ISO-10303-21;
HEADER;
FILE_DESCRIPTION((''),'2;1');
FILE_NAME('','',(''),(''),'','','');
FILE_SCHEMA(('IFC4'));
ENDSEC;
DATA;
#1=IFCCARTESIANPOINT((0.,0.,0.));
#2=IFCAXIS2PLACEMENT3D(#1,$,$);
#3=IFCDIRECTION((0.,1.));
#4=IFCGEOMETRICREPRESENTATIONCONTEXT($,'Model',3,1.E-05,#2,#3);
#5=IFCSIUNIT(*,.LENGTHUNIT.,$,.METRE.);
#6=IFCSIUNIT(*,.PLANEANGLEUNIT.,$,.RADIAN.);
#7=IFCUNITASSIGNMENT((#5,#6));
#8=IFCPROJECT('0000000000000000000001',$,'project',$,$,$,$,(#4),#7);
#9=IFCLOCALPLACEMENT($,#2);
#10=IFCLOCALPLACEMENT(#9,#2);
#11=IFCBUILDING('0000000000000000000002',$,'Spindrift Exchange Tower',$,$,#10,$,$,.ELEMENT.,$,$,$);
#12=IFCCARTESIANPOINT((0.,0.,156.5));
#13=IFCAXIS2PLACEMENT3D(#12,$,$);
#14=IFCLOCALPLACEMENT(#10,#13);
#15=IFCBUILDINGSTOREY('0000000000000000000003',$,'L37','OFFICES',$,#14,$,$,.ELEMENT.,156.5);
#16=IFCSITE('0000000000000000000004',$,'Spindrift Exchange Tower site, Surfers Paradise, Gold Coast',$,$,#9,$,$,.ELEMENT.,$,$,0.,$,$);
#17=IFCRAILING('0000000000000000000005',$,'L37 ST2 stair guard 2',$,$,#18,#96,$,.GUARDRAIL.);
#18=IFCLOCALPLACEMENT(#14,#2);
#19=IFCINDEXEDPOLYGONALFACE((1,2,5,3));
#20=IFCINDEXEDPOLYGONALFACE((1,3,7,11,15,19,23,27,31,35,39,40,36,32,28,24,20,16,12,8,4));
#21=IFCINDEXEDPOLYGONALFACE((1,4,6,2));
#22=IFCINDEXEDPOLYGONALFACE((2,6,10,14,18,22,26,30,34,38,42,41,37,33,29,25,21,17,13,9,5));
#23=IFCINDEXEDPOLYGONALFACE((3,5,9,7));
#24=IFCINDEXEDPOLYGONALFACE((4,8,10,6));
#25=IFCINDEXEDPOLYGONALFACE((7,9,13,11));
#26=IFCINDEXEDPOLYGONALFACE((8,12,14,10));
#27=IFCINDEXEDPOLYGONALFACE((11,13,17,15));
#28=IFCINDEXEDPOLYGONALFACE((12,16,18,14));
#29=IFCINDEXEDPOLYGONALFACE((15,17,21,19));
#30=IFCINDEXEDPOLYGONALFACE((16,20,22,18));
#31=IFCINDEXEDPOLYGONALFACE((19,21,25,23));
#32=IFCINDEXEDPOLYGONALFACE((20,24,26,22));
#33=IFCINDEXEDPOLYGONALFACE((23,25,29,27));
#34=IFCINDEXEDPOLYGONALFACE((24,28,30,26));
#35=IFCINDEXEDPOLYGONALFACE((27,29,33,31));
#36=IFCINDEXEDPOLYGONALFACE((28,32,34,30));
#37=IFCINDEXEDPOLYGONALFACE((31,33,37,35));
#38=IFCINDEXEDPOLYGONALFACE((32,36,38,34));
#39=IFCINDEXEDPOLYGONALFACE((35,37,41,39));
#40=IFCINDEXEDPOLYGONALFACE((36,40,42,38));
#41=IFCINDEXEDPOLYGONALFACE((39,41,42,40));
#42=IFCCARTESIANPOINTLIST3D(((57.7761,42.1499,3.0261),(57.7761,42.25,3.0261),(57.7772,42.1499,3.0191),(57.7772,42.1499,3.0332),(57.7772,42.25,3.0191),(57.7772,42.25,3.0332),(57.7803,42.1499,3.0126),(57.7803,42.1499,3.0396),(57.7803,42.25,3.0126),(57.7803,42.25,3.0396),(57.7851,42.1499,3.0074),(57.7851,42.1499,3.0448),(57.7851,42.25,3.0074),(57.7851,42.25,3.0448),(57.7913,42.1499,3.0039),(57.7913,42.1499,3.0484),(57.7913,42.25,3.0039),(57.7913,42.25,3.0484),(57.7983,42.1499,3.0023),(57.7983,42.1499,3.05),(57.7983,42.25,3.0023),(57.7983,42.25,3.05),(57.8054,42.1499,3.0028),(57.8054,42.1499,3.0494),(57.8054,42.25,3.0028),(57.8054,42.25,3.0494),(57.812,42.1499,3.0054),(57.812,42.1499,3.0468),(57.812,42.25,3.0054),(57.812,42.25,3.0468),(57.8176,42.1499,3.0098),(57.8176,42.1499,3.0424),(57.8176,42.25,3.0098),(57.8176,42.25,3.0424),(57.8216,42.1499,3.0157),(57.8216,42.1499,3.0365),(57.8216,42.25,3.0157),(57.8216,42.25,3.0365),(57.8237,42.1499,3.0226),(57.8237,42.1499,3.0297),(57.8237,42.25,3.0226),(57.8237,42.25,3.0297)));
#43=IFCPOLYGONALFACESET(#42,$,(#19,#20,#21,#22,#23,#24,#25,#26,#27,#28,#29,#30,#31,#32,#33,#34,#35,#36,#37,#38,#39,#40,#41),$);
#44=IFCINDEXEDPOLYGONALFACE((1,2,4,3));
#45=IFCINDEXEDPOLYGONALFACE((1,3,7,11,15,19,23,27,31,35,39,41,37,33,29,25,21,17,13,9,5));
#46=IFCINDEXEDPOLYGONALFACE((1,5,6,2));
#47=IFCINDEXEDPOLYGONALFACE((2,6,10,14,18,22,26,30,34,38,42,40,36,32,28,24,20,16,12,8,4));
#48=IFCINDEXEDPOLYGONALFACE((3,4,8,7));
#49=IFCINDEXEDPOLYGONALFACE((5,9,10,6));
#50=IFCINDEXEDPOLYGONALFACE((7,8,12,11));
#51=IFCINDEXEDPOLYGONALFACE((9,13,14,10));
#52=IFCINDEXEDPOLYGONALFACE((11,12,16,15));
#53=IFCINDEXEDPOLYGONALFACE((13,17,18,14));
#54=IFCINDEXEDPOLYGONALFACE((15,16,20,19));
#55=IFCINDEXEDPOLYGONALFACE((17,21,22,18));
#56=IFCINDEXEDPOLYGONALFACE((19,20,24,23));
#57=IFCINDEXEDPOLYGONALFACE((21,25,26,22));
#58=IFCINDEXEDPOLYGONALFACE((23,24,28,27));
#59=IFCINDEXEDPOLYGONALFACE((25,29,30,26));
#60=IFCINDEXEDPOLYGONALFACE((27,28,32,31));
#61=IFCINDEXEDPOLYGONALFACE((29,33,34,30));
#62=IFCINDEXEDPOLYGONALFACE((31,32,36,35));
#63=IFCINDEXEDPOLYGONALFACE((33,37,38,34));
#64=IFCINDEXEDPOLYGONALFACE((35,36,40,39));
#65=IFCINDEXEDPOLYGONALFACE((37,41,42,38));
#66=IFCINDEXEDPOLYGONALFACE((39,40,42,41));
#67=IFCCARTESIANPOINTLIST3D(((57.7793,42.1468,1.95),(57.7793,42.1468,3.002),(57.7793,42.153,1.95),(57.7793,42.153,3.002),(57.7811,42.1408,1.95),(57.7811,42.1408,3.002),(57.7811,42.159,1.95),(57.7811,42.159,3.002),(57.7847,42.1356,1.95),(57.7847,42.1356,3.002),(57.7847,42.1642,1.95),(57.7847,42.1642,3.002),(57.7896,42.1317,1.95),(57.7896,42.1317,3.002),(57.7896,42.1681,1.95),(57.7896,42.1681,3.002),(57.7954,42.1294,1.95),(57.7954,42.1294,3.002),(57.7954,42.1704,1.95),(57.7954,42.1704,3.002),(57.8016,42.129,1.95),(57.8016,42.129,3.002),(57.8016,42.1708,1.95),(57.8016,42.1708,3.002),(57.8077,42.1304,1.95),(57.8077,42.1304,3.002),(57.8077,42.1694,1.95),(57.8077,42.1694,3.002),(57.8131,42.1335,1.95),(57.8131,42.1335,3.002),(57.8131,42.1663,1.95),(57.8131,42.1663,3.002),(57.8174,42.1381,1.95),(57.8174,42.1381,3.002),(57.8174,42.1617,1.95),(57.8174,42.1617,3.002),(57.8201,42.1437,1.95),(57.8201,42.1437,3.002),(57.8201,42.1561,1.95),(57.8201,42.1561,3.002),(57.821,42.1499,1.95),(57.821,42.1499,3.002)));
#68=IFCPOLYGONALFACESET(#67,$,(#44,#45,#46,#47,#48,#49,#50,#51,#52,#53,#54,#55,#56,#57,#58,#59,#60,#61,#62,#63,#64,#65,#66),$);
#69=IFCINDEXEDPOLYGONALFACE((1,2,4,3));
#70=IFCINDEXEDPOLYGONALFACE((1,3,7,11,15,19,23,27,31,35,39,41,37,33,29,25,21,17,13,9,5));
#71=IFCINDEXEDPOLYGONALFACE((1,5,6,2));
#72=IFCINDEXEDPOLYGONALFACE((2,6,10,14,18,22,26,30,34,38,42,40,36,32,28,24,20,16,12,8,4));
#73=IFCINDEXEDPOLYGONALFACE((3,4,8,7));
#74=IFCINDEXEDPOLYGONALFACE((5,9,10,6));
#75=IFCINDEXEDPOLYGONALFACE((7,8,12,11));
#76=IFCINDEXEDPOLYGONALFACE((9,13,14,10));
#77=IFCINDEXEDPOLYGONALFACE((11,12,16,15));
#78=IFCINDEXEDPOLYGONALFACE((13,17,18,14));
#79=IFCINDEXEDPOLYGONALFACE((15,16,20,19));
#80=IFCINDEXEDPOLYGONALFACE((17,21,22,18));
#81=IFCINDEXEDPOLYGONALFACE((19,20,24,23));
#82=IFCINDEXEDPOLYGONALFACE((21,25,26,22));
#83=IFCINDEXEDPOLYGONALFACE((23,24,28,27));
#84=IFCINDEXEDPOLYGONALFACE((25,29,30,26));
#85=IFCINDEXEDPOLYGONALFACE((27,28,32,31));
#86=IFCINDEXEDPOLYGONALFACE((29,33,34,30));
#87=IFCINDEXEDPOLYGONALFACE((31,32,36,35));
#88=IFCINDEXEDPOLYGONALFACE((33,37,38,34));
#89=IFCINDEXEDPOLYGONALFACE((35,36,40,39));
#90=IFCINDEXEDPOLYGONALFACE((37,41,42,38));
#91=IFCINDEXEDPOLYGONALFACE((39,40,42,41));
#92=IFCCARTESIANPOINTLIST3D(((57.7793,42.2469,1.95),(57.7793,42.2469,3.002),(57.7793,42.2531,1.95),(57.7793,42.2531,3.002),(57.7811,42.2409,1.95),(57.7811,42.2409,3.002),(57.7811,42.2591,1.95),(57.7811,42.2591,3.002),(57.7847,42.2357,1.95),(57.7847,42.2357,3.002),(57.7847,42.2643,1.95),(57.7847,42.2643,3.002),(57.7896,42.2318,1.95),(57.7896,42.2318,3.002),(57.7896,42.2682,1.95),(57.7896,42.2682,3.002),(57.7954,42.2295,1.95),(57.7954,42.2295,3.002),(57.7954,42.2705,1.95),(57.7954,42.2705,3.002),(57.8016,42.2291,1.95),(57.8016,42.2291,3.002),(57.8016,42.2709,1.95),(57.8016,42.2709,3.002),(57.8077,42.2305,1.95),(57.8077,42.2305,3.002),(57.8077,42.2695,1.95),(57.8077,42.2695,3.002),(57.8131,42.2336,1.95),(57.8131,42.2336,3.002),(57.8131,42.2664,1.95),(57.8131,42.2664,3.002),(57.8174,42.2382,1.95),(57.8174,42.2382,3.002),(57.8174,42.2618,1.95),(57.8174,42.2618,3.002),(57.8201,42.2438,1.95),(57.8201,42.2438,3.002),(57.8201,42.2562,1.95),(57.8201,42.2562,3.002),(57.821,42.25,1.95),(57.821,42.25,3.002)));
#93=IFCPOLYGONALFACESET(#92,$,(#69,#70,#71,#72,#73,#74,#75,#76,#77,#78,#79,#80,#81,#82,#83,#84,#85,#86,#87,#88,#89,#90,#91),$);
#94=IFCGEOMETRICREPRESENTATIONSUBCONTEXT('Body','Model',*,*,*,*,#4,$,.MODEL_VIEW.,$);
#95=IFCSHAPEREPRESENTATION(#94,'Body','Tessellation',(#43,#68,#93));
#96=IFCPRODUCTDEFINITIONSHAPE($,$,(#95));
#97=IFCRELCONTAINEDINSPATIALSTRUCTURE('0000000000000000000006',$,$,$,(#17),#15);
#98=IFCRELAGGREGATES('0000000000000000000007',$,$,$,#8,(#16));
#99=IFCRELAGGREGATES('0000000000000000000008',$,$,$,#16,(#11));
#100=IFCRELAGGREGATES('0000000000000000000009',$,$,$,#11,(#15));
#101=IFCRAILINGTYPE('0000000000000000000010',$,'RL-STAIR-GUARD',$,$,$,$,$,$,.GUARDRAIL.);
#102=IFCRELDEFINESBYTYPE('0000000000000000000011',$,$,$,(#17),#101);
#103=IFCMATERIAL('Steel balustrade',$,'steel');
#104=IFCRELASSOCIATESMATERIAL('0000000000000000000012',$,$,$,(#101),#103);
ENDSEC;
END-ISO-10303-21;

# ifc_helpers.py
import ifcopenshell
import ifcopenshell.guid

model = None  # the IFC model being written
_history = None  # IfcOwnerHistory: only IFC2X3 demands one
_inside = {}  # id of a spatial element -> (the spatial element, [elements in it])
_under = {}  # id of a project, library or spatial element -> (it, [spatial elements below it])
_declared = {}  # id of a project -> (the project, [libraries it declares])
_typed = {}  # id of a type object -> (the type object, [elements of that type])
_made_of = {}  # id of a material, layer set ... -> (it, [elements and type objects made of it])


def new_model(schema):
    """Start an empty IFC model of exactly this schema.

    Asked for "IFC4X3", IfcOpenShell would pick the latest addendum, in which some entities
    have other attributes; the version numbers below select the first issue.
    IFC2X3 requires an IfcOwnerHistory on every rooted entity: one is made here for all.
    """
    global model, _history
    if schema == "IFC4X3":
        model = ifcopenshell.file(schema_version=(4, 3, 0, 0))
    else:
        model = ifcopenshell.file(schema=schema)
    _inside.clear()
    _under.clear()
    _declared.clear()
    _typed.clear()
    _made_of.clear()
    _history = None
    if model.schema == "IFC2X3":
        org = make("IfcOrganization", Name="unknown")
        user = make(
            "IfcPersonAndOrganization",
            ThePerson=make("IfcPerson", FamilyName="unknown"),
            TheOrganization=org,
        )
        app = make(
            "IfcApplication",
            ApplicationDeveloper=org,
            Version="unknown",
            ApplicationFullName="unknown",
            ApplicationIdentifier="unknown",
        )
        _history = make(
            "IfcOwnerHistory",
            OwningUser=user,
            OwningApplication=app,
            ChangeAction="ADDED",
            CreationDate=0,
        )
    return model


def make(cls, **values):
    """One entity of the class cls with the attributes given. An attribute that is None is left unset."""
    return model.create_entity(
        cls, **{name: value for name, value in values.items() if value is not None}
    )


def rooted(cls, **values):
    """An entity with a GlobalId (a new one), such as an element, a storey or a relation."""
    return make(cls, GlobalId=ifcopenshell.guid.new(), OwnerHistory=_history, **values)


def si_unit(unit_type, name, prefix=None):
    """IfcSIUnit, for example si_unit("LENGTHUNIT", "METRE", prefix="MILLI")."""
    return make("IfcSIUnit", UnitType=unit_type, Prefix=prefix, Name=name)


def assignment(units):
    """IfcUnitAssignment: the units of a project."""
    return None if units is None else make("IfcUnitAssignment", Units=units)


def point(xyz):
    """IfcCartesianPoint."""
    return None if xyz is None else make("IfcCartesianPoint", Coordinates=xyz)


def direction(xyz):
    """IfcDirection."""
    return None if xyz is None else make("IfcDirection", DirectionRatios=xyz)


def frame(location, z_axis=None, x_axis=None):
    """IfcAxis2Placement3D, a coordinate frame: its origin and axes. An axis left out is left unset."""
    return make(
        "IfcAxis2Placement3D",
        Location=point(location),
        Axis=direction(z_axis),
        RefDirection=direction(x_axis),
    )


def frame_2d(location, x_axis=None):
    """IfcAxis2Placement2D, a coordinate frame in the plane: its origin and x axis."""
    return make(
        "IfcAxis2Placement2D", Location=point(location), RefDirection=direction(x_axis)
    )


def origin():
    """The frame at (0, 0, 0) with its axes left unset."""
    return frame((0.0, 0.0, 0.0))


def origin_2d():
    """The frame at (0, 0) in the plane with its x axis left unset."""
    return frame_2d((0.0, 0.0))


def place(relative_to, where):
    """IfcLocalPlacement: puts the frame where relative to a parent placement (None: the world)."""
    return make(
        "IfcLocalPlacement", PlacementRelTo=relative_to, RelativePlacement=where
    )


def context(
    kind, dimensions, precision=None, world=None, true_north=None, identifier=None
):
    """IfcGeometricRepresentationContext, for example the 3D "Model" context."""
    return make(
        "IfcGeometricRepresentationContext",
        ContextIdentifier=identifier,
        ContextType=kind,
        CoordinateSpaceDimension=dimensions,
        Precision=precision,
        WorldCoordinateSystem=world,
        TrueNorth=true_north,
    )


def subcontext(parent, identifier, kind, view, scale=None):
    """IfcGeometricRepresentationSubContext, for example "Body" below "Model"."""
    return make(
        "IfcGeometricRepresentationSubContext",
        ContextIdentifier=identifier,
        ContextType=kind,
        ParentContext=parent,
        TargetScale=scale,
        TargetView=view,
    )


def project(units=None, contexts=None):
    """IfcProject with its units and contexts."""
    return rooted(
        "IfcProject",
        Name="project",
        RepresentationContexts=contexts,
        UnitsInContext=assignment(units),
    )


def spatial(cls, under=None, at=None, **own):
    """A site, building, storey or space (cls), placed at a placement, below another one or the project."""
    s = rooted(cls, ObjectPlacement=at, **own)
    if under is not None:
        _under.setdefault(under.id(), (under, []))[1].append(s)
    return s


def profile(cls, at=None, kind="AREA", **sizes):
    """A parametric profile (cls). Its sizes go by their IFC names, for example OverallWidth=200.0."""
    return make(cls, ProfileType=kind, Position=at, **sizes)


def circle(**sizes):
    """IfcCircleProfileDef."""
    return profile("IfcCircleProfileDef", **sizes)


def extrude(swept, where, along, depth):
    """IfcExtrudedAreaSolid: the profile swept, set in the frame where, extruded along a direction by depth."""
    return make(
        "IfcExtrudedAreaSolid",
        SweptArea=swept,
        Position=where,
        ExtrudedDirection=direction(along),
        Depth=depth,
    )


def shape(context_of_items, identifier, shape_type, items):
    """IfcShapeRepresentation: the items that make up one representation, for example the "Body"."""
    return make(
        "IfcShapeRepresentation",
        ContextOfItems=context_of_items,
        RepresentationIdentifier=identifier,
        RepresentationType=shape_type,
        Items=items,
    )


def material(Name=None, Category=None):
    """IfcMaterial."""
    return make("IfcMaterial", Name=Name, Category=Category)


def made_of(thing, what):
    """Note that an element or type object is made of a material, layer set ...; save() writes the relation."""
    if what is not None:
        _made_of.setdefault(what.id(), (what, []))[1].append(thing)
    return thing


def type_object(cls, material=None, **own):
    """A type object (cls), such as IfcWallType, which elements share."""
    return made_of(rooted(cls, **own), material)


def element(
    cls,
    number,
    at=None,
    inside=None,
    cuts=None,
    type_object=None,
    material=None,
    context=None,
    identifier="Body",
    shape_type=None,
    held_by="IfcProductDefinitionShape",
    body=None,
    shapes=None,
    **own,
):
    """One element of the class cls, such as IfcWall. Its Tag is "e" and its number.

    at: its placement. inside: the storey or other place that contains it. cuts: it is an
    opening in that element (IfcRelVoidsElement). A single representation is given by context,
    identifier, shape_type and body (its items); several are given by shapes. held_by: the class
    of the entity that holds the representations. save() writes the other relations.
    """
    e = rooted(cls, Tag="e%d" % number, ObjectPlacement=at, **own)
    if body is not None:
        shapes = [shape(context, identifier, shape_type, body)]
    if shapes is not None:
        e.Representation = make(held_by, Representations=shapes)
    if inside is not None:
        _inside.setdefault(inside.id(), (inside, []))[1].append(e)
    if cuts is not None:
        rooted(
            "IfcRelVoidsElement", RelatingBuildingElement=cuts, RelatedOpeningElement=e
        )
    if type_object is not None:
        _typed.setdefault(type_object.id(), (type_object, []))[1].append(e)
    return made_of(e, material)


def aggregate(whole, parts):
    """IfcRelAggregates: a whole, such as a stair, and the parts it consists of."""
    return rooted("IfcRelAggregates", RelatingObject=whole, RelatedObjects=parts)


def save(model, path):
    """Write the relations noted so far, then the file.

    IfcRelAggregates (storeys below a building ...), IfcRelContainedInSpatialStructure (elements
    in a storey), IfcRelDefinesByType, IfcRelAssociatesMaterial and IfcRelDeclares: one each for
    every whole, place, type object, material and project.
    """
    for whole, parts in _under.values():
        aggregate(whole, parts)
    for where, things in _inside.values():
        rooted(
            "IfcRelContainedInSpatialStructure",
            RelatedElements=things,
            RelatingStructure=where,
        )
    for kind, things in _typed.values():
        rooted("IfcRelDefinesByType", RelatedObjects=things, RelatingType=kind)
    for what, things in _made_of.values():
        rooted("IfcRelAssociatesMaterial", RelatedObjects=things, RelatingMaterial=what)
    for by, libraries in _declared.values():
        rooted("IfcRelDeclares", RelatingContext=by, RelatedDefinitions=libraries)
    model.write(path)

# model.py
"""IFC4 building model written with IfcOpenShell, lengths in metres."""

from ifc_helpers import new_model, si_unit, direction, frame, origin, origin_2d, place, context, subcontext, project, spatial, circle, extrude, material, type_object, element, save


model = new_model("IFC4")

# Units and contexts
model_context = context("Model", 3, precision=1e-05, world=origin(), true_north=direction((0.0, 1.0)))
body_context = subcontext(model_context, "Body", "Model", "MODEL_VIEW")
ifc_project = project(units=[si_unit("LENGTHUNIT", "METRE"), si_unit("PLANEANGLEUNIT", "RADIAN")], contexts=[model_context])

# Site, building, storey
site_placement = place(None, origin())
site = spatial("IfcSite", under=ifc_project, at=site_placement, Name="Spindrift Exchange Tower site, Surfers Paradise, Gold Coast", CompositionType="ELEMENT", RefElevation=0.0)
building_placement = place(site_placement, origin())
building = spatial("IfcBuilding", under=site, at=building_placement, Name="Spindrift Exchange Tower", CompositionType="ELEMENT")
storey_placement = place(building_placement, frame((0.0, 0.0, 156.5)))
storey = spatial("IfcBuildingStorey", under=building, at=storey_placement, Name="L37", Description="OFFICES", CompositionType="ELEMENT", Elevation=156.5)

# Railing
ifc_material_1 = material(Name="Steel balustrade", Category="steel")
railing_type_1 = type_object("IfcRailingType", Name="RL-STAIR-GUARD", PredefinedType="GUARDRAIL", material=ifc_material_1)
railing_1_placement = place(storey_placement, frame((57.8, 42.1499, 1.95)))
element("IfcRailing", 1, at=railing_1_placement, inside=storey, type_object=railing_type_1, Name="L37 ST2 stair guard 2", PredefinedType="GUARDRAIL", context=body_context, shape_type="SweptSolid", body=[
    extrude(circle(Radius=0.0239, at=origin_2d()), frame((0.0, 0.0, 1.0762), z_axis=(0.0, 1.0, 0.0), x_axis=(-1.0, 0.0, 0.0)), (0.0, 0.0, 1.0), 0.1001),
    extrude(circle(Radius=0.021, at=origin_2d()), origin(), (0.0, 0.0, 1.0), 1.052),
    extrude(circle(Radius=0.021, at=origin_2d()), frame((0.0, 0.1001, 0.0)), (0.0, 0.0, 1.0), 1.052),
])

save(model, "model.ifc")
